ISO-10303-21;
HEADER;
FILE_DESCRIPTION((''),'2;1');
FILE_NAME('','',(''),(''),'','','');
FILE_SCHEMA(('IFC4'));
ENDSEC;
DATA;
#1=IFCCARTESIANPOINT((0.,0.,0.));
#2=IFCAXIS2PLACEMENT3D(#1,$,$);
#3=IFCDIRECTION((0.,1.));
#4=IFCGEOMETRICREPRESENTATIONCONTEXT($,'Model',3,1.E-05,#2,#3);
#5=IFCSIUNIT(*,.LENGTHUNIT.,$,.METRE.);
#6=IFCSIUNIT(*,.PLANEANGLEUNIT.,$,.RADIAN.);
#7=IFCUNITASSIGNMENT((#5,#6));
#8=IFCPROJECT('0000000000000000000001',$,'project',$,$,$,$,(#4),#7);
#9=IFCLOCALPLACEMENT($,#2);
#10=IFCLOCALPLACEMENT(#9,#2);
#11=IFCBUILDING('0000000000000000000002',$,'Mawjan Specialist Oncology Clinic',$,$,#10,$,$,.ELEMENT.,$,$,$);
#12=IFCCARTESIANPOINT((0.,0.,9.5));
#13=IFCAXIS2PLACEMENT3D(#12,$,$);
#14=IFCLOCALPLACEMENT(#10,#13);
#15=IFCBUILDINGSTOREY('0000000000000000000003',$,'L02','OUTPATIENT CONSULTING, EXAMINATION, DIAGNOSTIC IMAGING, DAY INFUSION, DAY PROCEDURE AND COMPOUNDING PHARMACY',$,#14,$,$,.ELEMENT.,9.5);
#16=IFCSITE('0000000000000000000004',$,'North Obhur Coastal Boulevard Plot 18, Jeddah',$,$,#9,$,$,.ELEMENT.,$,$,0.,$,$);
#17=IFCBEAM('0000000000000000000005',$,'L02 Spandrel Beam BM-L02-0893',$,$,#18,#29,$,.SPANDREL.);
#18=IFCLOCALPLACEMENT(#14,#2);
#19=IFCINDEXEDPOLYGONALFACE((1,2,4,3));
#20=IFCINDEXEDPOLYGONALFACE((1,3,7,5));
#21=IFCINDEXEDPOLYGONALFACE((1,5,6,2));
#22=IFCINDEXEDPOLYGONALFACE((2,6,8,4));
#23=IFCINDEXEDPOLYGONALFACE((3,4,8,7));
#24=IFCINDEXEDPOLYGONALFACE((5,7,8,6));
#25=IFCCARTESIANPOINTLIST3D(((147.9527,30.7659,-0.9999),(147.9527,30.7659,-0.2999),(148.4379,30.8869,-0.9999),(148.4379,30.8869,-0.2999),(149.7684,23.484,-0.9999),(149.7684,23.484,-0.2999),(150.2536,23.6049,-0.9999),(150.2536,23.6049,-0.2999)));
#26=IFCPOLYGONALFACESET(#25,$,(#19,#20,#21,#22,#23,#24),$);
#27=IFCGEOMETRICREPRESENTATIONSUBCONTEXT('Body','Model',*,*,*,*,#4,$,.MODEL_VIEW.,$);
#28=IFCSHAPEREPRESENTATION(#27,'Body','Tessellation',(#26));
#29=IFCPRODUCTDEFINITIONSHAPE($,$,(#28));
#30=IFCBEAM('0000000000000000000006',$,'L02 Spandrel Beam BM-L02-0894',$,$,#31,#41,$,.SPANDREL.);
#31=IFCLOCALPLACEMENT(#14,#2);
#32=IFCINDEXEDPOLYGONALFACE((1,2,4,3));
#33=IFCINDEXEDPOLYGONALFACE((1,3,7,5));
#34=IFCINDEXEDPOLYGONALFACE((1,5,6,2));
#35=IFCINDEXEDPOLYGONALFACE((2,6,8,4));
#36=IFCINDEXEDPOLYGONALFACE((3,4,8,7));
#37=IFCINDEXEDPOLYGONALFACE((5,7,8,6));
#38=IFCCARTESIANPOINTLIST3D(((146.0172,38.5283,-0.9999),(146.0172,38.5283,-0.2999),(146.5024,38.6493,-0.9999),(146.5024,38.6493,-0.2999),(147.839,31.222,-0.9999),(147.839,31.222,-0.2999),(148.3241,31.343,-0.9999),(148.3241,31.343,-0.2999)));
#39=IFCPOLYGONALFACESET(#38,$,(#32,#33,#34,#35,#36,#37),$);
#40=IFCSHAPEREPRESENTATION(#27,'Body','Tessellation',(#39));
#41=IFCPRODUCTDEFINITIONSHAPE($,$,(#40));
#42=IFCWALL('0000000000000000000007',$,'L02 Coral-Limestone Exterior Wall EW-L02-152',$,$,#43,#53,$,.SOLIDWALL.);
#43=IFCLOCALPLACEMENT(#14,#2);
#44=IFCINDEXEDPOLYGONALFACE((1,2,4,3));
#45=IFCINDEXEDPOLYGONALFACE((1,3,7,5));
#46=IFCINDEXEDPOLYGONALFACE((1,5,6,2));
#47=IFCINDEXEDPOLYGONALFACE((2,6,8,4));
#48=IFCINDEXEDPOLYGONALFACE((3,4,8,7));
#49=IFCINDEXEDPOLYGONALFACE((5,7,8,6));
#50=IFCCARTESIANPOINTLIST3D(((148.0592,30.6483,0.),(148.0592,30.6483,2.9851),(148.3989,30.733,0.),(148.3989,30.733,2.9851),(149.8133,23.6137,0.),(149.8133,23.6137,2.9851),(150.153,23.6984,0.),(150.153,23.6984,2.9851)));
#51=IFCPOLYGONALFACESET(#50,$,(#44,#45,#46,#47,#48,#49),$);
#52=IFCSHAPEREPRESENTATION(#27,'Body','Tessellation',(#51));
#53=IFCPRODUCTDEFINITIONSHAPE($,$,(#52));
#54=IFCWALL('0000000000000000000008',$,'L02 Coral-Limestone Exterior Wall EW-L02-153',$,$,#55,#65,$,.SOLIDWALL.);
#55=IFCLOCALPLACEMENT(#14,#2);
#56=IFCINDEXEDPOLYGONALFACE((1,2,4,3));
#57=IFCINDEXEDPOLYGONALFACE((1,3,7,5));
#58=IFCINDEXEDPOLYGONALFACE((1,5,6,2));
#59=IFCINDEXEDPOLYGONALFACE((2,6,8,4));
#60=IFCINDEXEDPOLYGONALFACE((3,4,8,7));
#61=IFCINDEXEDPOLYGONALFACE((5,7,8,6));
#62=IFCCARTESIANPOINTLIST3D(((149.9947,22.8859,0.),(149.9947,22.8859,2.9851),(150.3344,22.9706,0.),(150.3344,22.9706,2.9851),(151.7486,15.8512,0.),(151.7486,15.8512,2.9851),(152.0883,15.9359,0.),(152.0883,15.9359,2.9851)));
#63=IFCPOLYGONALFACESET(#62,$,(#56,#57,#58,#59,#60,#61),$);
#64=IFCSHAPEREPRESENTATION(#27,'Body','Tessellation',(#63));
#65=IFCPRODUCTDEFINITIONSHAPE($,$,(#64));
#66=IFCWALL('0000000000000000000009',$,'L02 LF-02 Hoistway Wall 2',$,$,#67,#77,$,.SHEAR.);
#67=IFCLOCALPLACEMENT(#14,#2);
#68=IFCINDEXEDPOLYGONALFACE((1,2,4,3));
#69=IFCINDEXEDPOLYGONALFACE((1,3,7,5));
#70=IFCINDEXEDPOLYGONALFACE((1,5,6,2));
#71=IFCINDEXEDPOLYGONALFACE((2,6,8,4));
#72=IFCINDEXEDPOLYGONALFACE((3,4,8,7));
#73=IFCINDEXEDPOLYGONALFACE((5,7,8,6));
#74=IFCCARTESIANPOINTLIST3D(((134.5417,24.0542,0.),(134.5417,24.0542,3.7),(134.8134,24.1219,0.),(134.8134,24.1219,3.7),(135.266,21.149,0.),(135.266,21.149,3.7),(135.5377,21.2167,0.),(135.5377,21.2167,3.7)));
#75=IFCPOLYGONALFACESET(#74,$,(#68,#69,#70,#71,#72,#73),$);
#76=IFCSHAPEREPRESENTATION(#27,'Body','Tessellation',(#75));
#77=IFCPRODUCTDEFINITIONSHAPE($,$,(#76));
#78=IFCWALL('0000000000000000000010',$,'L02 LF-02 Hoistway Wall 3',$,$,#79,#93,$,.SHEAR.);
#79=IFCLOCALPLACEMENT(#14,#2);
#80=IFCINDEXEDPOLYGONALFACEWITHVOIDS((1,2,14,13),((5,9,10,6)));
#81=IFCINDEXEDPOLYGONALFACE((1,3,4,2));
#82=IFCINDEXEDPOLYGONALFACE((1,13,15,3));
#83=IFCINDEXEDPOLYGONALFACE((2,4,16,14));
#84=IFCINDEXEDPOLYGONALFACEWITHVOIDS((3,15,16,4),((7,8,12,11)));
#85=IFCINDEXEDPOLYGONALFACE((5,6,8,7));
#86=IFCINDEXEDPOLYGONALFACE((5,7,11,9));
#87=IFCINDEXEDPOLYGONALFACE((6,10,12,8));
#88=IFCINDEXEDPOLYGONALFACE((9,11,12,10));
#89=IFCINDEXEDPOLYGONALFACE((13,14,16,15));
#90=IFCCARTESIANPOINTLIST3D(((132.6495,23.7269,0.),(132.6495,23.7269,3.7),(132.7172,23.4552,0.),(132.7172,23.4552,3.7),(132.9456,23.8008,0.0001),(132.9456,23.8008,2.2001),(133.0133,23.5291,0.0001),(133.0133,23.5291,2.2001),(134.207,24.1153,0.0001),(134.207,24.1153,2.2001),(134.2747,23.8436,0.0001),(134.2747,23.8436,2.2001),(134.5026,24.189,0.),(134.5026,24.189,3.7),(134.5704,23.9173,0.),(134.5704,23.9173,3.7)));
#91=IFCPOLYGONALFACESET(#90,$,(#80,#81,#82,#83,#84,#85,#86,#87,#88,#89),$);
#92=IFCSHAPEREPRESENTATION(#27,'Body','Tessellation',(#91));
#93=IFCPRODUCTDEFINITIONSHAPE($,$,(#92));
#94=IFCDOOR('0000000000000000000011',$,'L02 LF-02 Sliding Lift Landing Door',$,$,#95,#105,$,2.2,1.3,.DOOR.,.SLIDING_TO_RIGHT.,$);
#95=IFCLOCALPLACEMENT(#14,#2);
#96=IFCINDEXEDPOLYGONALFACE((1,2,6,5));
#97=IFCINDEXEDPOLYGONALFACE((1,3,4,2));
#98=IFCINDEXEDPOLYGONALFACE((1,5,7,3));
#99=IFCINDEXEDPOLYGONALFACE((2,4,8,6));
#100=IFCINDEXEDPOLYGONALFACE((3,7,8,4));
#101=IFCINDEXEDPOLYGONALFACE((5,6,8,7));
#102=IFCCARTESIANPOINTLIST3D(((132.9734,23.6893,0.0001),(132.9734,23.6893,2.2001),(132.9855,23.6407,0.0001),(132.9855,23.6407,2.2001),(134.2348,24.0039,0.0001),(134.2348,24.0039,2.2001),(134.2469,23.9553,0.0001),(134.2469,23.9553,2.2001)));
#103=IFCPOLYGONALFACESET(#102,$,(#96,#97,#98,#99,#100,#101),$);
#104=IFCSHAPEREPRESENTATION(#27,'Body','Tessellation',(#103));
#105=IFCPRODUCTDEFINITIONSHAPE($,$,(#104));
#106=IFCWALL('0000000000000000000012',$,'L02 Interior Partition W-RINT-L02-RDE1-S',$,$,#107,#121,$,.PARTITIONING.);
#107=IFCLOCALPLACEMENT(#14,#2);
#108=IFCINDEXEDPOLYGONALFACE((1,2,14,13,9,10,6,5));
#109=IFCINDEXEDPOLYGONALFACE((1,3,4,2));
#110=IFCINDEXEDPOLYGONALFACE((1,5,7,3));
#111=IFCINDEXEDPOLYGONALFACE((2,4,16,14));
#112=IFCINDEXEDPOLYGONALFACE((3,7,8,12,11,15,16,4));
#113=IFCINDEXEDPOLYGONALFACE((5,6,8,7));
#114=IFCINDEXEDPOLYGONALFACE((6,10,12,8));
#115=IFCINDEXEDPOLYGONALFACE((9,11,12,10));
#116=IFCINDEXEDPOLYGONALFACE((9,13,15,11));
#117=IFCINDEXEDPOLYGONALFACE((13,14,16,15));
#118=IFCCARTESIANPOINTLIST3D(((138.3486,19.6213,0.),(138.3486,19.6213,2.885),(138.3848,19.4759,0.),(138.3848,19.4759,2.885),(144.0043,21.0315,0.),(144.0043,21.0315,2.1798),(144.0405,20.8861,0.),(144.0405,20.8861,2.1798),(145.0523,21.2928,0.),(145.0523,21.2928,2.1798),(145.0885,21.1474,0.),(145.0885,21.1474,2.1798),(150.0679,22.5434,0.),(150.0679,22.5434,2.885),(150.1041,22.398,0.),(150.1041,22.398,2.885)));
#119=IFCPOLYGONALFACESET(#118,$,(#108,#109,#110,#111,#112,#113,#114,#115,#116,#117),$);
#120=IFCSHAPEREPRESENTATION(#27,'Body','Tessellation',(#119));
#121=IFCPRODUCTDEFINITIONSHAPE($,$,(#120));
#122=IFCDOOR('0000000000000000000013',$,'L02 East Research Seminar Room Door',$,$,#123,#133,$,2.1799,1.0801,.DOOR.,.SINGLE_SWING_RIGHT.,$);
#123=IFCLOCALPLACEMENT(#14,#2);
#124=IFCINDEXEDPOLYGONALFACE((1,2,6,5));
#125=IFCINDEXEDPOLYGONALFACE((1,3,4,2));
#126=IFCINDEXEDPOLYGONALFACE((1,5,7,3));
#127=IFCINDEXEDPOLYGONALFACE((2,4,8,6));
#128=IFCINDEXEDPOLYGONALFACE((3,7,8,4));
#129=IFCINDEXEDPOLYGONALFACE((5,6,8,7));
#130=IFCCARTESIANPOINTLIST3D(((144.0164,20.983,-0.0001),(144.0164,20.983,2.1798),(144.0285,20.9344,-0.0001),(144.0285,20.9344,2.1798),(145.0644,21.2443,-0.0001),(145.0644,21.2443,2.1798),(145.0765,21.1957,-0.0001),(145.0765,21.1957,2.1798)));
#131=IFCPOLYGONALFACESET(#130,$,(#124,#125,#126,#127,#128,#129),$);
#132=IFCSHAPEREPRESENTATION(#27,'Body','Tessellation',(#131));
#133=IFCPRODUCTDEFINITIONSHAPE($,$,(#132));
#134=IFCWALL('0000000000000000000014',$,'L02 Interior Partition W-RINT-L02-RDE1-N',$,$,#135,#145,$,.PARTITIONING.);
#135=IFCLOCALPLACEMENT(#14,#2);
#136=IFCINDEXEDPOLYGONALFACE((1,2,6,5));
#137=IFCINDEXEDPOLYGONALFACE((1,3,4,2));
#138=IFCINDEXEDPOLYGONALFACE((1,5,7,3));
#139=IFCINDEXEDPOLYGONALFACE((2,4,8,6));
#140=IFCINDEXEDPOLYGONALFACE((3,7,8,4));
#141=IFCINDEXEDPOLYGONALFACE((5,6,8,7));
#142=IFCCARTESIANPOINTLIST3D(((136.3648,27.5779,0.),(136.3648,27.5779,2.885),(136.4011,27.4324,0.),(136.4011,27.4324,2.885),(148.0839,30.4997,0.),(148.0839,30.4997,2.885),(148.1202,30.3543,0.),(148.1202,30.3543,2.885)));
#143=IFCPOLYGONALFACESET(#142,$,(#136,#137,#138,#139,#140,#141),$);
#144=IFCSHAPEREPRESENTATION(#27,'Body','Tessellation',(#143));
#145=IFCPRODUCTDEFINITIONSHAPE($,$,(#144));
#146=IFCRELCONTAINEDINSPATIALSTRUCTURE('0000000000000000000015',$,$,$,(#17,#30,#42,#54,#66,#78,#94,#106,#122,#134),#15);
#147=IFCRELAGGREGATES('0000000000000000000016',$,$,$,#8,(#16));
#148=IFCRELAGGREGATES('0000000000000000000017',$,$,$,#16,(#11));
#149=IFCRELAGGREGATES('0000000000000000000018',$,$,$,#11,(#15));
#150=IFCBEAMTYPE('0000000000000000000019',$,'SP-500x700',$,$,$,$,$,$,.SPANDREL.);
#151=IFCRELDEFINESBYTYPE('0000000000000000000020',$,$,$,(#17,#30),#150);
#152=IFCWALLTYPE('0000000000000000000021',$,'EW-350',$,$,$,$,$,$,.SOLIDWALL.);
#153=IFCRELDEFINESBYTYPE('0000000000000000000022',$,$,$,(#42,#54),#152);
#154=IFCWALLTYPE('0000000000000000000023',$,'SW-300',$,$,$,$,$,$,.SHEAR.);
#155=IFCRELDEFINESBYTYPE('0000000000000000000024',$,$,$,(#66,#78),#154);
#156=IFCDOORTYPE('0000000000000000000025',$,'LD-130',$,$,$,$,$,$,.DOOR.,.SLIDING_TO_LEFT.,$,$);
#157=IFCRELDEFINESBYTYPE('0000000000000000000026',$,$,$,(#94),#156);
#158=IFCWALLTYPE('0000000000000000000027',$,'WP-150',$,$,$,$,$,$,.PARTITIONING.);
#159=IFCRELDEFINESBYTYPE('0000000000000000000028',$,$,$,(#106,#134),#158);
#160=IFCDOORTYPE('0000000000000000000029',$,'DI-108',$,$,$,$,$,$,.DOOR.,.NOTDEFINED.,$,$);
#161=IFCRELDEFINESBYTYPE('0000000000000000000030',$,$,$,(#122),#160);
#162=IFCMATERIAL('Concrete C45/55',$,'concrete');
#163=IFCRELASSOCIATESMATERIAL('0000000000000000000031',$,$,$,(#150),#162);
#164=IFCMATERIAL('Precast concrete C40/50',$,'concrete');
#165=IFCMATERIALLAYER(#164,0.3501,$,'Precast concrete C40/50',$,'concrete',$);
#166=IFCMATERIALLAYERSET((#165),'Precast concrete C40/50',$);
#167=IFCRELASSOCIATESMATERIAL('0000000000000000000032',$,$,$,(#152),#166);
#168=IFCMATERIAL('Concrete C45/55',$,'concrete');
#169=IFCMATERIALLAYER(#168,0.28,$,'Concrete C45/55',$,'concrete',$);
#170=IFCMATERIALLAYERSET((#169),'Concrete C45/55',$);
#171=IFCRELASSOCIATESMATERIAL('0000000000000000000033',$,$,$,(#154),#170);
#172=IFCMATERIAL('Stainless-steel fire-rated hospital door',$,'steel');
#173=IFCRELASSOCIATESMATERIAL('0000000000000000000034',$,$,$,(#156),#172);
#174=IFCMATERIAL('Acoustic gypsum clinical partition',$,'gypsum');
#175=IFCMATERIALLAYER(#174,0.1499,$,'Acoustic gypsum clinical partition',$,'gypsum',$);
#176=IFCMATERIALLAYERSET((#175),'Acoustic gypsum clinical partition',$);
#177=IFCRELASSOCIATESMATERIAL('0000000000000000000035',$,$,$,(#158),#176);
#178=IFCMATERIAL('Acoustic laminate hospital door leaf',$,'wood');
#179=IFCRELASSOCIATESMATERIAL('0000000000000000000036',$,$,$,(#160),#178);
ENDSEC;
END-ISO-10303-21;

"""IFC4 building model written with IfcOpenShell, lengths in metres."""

from ifc_helpers import new_model, si_unit, direction, frame, frame_2d, origin, origin_2d, place, context, subcontext, project, spatial, rectangle, extrude, material, layer, layer_set, material_profile, profile_set, type_object, element, fill, save


model = new_model("IFC4")

# Units and contexts
model_context = context("Model", 3, precision=1e-05, world=origin(), true_north=direction((0.0, 1.0)))
body_context = subcontext(model_context, "Body", "Model", "MODEL_VIEW")
ifc_project = project(units=[si_unit("LENGTHUNIT", "METRE"), si_unit("PLANEANGLEUNIT", "RADIAN")], contexts=[model_context])

# Site, building, storey
site_placement = place(None, origin())
site = spatial("IfcSite", under=ifc_project, at=site_placement, Name="North Obhur Coastal Boulevard Plot 18, Jeddah", CompositionType="ELEMENT", RefElevation=0.0)
building_placement = place(site_placement, origin())
building = spatial("IfcBuilding", under=site, at=building_placement, Name="Mawjan Specialist Oncology Clinic", CompositionType="ELEMENT")
storey_placement = place(building_placement, frame((0.0, 0.0, 9.5)))
storey = spatial("IfcBuildingStorey", under=building, at=storey_placement, Name="L02", Description="OUTPATIENT CONSULTING, EXAMINATION, DIAGNOSTIC IMAGING, DAY INFUSION, DAY PROCEDURE AND COMPOUNDING PHARMACY", CompositionType="ELEMENT", Elevation=9.5)

# Beams
ifc_material_1 = material(Name="Concrete C45/55", Category="concrete")
ifc_material_profile_1 = material_profile(ifc_material_1, rectangle(XDim=0.5, YDim=0.7, at=origin_2d()), Name="RC BM 500x700", Category="concrete")
ifc_profile_set_1 = profile_set([ifc_material_profile_1], Name="Concrete C45/55")
beam_type_1 = type_object("IfcBeamType", Name="SP-500x700", PredefinedType="SPANDREL", material=ifc_profile_set_1)
beam_1_placement = place(storey_placement, frame((150.011, 23.5444, -0.6499), z_axis=(-0.241931, 0.970293, 0.0), x_axis=(-0.970293, -0.241931, 0.0)))
element("IfcBeam", 1, at=beam_1_placement, inside=storey, type_object=beam_type_1, Name="L02 Spandrel Beam BM-L02-0893", PredefinedType="SPANDREL", context=body_context, shape_type="SweptSolid", body=[
    extrude(rectangle(XDim=0.5, YDim=0.7, at=origin_2d()), origin(), (0.0, 0.0, 1.0), 7.5049),
])
beam_2_placement = place(storey_placement, frame((148.0815, 31.2825, -0.6499), z_axis=(-0.241933, 0.970293, 0.0), x_axis=(-0.970293, -0.241933, 0.0)))
element("IfcBeam", 2, at=beam_2_placement, inside=storey, type_object=beam_type_1, Name="L02 Spandrel Beam BM-L02-0894", PredefinedType="SPANDREL", context=body_context, shape_type="SweptSolid", body=[
    extrude(rectangle(XDim=0.5, YDim=0.7, at=origin_2d()), origin(), (0.0, 0.0, 1.0), 7.53),
])

# Walls
ifc_material_2 = material(Name="Precast concrete C40/50", Category="concrete")
ifc_layer_1 = layer(ifc_material_2, 0.3501, Name="Precast concrete C40/50", Category="concrete")
ifc_layer_set_1 = layer_set([ifc_layer_1], Name="Precast concrete C40/50")
wall_type_1 = type_object("IfcWallType", Name="EW-350", PredefinedType="SOLIDWALL", material=ifc_layer_set_1)
for number, where, z_axis, x_axis, name in (
    (3, (148.229, 30.6907, 0.0), (0.0, 0.0, 1.0), (0.241949, -0.970289, 0.0), "L02 Coral-Limestone Exterior Wall EW-L02-152"),
    (4, (150.1646, 22.9282, 0.0), (0.0, 0.0, 1.0), (0.241918, -0.970297, 0.0), "L02 Coral-Limestone Exterior Wall EW-L02-153"),
):
    element("IfcWall", number, at=place(storey_placement, frame(where, z_axis=z_axis, x_axis=x_axis)), inside=storey, type_object=wall_type_1, Name=name, PredefinedType="SOLIDWALL", context=body_context, shape_type="SweptSolid", body=[
        extrude(rectangle(XDim=7.25, YDim=0.3501, at=frame_2d((3.625, 0.0))), origin(), (0.0, 0.0, 1.0), 2.9851),
    ])
ifc_material_3 = material(Name="Concrete C45/55", Category="concrete")
ifc_layer_2 = layer(ifc_material_3, 0.28, Name="Concrete C45/55", Category="concrete")
ifc_layer_set_2 = layer_set([ifc_layer_2], Name="Concrete C45/55")
wall_type_2 = type_object("IfcWallType", Name="SW-300", PredefinedType="SHEAR", material=ifc_layer_set_2)
wall_1_placement = place(storey_placement, frame((135.4019, 21.1829, 0.0), z_axis=(0.0, 0.0, 1.0), x_axis=(-0.241922, 0.970296, 0.0)))
element("IfcWall", 5, at=wall_1_placement, inside=storey, type_object=wall_type_2, Name="L02 LF-02 Hoistway Wall 2", PredefinedType="SHEAR", context=body_context, shape_type="SweptSolid", body=[
    extrude(rectangle(XDim=2.9941, YDim=0.28, at=frame_2d((1.4971, 0.0))), origin(), (0.0, 0.0, 1.0), 3.7),
])

# Walls, openings, doors
wall_2_placement = place(storey_placement, frame((134.5366, 24.0532, 0.0), z_axis=(0.0, 0.0, 1.0), x_axis=(-0.970285, -0.241964, 0.0)))
wall_2 = element("IfcWall", 6, at=wall_2_placement, inside=storey, type_object=wall_type_2, Name="L02 LF-02 Hoistway Wall 3", PredefinedType="SHEAR", context=body_context, shape_type="SweptSolid", body=[
    extrude(rectangle(XDim=1.9099, YDim=0.28, at=frame_2d((0.9551, 0.0))), origin(), (0.0, 0.0, 1.0), 3.7),
])
opening_1_placement = place(wall_2_placement, frame((0.3049, 0.0, 0.0)))
opening_1 = element("IfcOpeningElement", 7, at=opening_1_placement, cuts=wall_2, PredefinedType="OPENING", context=body_context, shape_type="SweptSolid", body=[
    extrude(rectangle(XDim=1.3, YDim=2.2, at=frame_2d((0.6499, 1.1001))), frame((0.0, 0.1521, 0.0), z_axis=(0.0, -1.0, 0.0), x_axis=(1.0, 0.0, 0.0)), (0.0, 0.0, 1.0), 0.304),
])
ifc_material_4 = material(Name="Stainless-steel fire-rated hospital door", Category="steel")
door_type_1 = type_object("IfcDoorType", Name="LD-130", OperationType="SLIDING_TO_LEFT", PredefinedType="DOOR", material=ifc_material_4)
door_1_placement = place(opening_1_placement, origin())
door_1 = element("IfcDoor", 8, at=door_1_placement, inside=storey, type_object=door_type_1, Name="L02 LF-02 Sliding Lift Landing Door", OperationType="SLIDING_TO_RIGHT", OverallHeight=2.2, OverallWidth=1.3, PredefinedType="DOOR", context=body_context, shape_type="SweptSolid", body=[
    extrude(rectangle(XDim=1.3, YDim=2.2, at=frame_2d((0.6499, 1.1001))), frame((0.0, 0.0249, 0.0), z_axis=(0.0, -1.0, 0.0), x_axis=(1.0, 0.0, 0.0)), (0.0, 0.0, 1.0), 0.05),
])
fill(opening_1, door_1)
ifc_material_5 = material(Name="Acoustic gypsum clinical partition", Category="gypsum")
ifc_layer_3 = layer(ifc_material_5, 0.1499, Name="Acoustic gypsum clinical partition", Category="gypsum")
ifc_layer_set_3 = layer_set([ifc_layer_3], Name="Acoustic gypsum clinical partition")
wall_type_3 = type_object("IfcWallType", Name="WP-150", PredefinedType="PARTITIONING", material=ifc_layer_set_3)
wall_3_placement = place(storey_placement, frame((138.3667, 19.5486, 0.0), z_axis=(0.0, 0.0, 1.0), x_axis=(0.970292, 0.241936, 0.0)))
wall_3 = element("IfcWall", 9, at=wall_3_placement, inside=storey, type_object=wall_type_3, Name="L02 Interior Partition W-RINT-L02-RDE1-S", PredefinedType="PARTITIONING", context=body_context, shape_type="SweptSolid", body=[
    extrude(rectangle(XDim=12.0781, YDim=0.1499, at=frame_2d((6.0391, 0.0))), origin(), (0.0, 0.0, 1.0), 2.885),
])
opening_2_placement = place(wall_3_placement, frame((5.8289, 0.0, 0.0)))
opening_2 = element("IfcOpeningElement", 10, at=opening_2_placement, cuts=wall_3, PredefinedType="OPENING", context=body_context, shape_type="SweptSolid", body=[
    extrude(rectangle(XDim=1.0801, YDim=2.1799, at=frame_2d((0.54, 1.0898))), frame((0.0, 0.0869, 0.0), z_axis=(0.0, -1.0, 0.0), x_axis=(1.0, 0.0, 0.0)), (0.0, 0.0, 1.0), 0.1738),
])
ifc_material_6 = material(Name="Acoustic laminate hospital door leaf", Category="wood")
door_type_2 = type_object("IfcDoorType", Name="DI-108", OperationType="NOTDEFINED", PredefinedType="DOOR", material=ifc_material_6)
door_2_placement = place(opening_2_placement, origin())
door_2 = element("IfcDoor", 11, at=door_2_placement, inside=storey, type_object=door_type_2, Name="L02 East Research Seminar Room Door", OperationType="SINGLE_SWING_RIGHT", OverallHeight=2.1799, OverallWidth=1.0801, PredefinedType="DOOR", context=body_context, shape_type="SweptSolid", body=[
    extrude(rectangle(XDim=1.0801, YDim=2.1799, at=frame_2d((0.54, 1.0898))), frame((0.0, 0.0249, 0.0), z_axis=(0.0, -1.0, 0.0), x_axis=(1.0, 0.0, 0.0)), (0.0, 0.0, 1.0), 0.05),
])
fill(opening_2, door_2)

# Wall
wall_4_placement = place(storey_placement, frame((136.3828, 27.5051, 0.0), z_axis=(0.0, 0.0, 1.0), x_axis=(0.970297, 0.241917, 0.0)))
element("IfcWall", 12, at=wall_4_placement, inside=storey, type_object=wall_type_3, Name="L02 Interior Partition W-RINT-L02-RDE1-N", PredefinedType="PARTITIONING", context=body_context, shape_type="SweptSolid", body=[
    extrude(rectangle(XDim=12.0779, YDim=0.1499, at=frame_2d((6.0391, 0.0))), origin(), (0.0, 0.0, 1.0), 2.885),
])

save(model, "model.ifc")
